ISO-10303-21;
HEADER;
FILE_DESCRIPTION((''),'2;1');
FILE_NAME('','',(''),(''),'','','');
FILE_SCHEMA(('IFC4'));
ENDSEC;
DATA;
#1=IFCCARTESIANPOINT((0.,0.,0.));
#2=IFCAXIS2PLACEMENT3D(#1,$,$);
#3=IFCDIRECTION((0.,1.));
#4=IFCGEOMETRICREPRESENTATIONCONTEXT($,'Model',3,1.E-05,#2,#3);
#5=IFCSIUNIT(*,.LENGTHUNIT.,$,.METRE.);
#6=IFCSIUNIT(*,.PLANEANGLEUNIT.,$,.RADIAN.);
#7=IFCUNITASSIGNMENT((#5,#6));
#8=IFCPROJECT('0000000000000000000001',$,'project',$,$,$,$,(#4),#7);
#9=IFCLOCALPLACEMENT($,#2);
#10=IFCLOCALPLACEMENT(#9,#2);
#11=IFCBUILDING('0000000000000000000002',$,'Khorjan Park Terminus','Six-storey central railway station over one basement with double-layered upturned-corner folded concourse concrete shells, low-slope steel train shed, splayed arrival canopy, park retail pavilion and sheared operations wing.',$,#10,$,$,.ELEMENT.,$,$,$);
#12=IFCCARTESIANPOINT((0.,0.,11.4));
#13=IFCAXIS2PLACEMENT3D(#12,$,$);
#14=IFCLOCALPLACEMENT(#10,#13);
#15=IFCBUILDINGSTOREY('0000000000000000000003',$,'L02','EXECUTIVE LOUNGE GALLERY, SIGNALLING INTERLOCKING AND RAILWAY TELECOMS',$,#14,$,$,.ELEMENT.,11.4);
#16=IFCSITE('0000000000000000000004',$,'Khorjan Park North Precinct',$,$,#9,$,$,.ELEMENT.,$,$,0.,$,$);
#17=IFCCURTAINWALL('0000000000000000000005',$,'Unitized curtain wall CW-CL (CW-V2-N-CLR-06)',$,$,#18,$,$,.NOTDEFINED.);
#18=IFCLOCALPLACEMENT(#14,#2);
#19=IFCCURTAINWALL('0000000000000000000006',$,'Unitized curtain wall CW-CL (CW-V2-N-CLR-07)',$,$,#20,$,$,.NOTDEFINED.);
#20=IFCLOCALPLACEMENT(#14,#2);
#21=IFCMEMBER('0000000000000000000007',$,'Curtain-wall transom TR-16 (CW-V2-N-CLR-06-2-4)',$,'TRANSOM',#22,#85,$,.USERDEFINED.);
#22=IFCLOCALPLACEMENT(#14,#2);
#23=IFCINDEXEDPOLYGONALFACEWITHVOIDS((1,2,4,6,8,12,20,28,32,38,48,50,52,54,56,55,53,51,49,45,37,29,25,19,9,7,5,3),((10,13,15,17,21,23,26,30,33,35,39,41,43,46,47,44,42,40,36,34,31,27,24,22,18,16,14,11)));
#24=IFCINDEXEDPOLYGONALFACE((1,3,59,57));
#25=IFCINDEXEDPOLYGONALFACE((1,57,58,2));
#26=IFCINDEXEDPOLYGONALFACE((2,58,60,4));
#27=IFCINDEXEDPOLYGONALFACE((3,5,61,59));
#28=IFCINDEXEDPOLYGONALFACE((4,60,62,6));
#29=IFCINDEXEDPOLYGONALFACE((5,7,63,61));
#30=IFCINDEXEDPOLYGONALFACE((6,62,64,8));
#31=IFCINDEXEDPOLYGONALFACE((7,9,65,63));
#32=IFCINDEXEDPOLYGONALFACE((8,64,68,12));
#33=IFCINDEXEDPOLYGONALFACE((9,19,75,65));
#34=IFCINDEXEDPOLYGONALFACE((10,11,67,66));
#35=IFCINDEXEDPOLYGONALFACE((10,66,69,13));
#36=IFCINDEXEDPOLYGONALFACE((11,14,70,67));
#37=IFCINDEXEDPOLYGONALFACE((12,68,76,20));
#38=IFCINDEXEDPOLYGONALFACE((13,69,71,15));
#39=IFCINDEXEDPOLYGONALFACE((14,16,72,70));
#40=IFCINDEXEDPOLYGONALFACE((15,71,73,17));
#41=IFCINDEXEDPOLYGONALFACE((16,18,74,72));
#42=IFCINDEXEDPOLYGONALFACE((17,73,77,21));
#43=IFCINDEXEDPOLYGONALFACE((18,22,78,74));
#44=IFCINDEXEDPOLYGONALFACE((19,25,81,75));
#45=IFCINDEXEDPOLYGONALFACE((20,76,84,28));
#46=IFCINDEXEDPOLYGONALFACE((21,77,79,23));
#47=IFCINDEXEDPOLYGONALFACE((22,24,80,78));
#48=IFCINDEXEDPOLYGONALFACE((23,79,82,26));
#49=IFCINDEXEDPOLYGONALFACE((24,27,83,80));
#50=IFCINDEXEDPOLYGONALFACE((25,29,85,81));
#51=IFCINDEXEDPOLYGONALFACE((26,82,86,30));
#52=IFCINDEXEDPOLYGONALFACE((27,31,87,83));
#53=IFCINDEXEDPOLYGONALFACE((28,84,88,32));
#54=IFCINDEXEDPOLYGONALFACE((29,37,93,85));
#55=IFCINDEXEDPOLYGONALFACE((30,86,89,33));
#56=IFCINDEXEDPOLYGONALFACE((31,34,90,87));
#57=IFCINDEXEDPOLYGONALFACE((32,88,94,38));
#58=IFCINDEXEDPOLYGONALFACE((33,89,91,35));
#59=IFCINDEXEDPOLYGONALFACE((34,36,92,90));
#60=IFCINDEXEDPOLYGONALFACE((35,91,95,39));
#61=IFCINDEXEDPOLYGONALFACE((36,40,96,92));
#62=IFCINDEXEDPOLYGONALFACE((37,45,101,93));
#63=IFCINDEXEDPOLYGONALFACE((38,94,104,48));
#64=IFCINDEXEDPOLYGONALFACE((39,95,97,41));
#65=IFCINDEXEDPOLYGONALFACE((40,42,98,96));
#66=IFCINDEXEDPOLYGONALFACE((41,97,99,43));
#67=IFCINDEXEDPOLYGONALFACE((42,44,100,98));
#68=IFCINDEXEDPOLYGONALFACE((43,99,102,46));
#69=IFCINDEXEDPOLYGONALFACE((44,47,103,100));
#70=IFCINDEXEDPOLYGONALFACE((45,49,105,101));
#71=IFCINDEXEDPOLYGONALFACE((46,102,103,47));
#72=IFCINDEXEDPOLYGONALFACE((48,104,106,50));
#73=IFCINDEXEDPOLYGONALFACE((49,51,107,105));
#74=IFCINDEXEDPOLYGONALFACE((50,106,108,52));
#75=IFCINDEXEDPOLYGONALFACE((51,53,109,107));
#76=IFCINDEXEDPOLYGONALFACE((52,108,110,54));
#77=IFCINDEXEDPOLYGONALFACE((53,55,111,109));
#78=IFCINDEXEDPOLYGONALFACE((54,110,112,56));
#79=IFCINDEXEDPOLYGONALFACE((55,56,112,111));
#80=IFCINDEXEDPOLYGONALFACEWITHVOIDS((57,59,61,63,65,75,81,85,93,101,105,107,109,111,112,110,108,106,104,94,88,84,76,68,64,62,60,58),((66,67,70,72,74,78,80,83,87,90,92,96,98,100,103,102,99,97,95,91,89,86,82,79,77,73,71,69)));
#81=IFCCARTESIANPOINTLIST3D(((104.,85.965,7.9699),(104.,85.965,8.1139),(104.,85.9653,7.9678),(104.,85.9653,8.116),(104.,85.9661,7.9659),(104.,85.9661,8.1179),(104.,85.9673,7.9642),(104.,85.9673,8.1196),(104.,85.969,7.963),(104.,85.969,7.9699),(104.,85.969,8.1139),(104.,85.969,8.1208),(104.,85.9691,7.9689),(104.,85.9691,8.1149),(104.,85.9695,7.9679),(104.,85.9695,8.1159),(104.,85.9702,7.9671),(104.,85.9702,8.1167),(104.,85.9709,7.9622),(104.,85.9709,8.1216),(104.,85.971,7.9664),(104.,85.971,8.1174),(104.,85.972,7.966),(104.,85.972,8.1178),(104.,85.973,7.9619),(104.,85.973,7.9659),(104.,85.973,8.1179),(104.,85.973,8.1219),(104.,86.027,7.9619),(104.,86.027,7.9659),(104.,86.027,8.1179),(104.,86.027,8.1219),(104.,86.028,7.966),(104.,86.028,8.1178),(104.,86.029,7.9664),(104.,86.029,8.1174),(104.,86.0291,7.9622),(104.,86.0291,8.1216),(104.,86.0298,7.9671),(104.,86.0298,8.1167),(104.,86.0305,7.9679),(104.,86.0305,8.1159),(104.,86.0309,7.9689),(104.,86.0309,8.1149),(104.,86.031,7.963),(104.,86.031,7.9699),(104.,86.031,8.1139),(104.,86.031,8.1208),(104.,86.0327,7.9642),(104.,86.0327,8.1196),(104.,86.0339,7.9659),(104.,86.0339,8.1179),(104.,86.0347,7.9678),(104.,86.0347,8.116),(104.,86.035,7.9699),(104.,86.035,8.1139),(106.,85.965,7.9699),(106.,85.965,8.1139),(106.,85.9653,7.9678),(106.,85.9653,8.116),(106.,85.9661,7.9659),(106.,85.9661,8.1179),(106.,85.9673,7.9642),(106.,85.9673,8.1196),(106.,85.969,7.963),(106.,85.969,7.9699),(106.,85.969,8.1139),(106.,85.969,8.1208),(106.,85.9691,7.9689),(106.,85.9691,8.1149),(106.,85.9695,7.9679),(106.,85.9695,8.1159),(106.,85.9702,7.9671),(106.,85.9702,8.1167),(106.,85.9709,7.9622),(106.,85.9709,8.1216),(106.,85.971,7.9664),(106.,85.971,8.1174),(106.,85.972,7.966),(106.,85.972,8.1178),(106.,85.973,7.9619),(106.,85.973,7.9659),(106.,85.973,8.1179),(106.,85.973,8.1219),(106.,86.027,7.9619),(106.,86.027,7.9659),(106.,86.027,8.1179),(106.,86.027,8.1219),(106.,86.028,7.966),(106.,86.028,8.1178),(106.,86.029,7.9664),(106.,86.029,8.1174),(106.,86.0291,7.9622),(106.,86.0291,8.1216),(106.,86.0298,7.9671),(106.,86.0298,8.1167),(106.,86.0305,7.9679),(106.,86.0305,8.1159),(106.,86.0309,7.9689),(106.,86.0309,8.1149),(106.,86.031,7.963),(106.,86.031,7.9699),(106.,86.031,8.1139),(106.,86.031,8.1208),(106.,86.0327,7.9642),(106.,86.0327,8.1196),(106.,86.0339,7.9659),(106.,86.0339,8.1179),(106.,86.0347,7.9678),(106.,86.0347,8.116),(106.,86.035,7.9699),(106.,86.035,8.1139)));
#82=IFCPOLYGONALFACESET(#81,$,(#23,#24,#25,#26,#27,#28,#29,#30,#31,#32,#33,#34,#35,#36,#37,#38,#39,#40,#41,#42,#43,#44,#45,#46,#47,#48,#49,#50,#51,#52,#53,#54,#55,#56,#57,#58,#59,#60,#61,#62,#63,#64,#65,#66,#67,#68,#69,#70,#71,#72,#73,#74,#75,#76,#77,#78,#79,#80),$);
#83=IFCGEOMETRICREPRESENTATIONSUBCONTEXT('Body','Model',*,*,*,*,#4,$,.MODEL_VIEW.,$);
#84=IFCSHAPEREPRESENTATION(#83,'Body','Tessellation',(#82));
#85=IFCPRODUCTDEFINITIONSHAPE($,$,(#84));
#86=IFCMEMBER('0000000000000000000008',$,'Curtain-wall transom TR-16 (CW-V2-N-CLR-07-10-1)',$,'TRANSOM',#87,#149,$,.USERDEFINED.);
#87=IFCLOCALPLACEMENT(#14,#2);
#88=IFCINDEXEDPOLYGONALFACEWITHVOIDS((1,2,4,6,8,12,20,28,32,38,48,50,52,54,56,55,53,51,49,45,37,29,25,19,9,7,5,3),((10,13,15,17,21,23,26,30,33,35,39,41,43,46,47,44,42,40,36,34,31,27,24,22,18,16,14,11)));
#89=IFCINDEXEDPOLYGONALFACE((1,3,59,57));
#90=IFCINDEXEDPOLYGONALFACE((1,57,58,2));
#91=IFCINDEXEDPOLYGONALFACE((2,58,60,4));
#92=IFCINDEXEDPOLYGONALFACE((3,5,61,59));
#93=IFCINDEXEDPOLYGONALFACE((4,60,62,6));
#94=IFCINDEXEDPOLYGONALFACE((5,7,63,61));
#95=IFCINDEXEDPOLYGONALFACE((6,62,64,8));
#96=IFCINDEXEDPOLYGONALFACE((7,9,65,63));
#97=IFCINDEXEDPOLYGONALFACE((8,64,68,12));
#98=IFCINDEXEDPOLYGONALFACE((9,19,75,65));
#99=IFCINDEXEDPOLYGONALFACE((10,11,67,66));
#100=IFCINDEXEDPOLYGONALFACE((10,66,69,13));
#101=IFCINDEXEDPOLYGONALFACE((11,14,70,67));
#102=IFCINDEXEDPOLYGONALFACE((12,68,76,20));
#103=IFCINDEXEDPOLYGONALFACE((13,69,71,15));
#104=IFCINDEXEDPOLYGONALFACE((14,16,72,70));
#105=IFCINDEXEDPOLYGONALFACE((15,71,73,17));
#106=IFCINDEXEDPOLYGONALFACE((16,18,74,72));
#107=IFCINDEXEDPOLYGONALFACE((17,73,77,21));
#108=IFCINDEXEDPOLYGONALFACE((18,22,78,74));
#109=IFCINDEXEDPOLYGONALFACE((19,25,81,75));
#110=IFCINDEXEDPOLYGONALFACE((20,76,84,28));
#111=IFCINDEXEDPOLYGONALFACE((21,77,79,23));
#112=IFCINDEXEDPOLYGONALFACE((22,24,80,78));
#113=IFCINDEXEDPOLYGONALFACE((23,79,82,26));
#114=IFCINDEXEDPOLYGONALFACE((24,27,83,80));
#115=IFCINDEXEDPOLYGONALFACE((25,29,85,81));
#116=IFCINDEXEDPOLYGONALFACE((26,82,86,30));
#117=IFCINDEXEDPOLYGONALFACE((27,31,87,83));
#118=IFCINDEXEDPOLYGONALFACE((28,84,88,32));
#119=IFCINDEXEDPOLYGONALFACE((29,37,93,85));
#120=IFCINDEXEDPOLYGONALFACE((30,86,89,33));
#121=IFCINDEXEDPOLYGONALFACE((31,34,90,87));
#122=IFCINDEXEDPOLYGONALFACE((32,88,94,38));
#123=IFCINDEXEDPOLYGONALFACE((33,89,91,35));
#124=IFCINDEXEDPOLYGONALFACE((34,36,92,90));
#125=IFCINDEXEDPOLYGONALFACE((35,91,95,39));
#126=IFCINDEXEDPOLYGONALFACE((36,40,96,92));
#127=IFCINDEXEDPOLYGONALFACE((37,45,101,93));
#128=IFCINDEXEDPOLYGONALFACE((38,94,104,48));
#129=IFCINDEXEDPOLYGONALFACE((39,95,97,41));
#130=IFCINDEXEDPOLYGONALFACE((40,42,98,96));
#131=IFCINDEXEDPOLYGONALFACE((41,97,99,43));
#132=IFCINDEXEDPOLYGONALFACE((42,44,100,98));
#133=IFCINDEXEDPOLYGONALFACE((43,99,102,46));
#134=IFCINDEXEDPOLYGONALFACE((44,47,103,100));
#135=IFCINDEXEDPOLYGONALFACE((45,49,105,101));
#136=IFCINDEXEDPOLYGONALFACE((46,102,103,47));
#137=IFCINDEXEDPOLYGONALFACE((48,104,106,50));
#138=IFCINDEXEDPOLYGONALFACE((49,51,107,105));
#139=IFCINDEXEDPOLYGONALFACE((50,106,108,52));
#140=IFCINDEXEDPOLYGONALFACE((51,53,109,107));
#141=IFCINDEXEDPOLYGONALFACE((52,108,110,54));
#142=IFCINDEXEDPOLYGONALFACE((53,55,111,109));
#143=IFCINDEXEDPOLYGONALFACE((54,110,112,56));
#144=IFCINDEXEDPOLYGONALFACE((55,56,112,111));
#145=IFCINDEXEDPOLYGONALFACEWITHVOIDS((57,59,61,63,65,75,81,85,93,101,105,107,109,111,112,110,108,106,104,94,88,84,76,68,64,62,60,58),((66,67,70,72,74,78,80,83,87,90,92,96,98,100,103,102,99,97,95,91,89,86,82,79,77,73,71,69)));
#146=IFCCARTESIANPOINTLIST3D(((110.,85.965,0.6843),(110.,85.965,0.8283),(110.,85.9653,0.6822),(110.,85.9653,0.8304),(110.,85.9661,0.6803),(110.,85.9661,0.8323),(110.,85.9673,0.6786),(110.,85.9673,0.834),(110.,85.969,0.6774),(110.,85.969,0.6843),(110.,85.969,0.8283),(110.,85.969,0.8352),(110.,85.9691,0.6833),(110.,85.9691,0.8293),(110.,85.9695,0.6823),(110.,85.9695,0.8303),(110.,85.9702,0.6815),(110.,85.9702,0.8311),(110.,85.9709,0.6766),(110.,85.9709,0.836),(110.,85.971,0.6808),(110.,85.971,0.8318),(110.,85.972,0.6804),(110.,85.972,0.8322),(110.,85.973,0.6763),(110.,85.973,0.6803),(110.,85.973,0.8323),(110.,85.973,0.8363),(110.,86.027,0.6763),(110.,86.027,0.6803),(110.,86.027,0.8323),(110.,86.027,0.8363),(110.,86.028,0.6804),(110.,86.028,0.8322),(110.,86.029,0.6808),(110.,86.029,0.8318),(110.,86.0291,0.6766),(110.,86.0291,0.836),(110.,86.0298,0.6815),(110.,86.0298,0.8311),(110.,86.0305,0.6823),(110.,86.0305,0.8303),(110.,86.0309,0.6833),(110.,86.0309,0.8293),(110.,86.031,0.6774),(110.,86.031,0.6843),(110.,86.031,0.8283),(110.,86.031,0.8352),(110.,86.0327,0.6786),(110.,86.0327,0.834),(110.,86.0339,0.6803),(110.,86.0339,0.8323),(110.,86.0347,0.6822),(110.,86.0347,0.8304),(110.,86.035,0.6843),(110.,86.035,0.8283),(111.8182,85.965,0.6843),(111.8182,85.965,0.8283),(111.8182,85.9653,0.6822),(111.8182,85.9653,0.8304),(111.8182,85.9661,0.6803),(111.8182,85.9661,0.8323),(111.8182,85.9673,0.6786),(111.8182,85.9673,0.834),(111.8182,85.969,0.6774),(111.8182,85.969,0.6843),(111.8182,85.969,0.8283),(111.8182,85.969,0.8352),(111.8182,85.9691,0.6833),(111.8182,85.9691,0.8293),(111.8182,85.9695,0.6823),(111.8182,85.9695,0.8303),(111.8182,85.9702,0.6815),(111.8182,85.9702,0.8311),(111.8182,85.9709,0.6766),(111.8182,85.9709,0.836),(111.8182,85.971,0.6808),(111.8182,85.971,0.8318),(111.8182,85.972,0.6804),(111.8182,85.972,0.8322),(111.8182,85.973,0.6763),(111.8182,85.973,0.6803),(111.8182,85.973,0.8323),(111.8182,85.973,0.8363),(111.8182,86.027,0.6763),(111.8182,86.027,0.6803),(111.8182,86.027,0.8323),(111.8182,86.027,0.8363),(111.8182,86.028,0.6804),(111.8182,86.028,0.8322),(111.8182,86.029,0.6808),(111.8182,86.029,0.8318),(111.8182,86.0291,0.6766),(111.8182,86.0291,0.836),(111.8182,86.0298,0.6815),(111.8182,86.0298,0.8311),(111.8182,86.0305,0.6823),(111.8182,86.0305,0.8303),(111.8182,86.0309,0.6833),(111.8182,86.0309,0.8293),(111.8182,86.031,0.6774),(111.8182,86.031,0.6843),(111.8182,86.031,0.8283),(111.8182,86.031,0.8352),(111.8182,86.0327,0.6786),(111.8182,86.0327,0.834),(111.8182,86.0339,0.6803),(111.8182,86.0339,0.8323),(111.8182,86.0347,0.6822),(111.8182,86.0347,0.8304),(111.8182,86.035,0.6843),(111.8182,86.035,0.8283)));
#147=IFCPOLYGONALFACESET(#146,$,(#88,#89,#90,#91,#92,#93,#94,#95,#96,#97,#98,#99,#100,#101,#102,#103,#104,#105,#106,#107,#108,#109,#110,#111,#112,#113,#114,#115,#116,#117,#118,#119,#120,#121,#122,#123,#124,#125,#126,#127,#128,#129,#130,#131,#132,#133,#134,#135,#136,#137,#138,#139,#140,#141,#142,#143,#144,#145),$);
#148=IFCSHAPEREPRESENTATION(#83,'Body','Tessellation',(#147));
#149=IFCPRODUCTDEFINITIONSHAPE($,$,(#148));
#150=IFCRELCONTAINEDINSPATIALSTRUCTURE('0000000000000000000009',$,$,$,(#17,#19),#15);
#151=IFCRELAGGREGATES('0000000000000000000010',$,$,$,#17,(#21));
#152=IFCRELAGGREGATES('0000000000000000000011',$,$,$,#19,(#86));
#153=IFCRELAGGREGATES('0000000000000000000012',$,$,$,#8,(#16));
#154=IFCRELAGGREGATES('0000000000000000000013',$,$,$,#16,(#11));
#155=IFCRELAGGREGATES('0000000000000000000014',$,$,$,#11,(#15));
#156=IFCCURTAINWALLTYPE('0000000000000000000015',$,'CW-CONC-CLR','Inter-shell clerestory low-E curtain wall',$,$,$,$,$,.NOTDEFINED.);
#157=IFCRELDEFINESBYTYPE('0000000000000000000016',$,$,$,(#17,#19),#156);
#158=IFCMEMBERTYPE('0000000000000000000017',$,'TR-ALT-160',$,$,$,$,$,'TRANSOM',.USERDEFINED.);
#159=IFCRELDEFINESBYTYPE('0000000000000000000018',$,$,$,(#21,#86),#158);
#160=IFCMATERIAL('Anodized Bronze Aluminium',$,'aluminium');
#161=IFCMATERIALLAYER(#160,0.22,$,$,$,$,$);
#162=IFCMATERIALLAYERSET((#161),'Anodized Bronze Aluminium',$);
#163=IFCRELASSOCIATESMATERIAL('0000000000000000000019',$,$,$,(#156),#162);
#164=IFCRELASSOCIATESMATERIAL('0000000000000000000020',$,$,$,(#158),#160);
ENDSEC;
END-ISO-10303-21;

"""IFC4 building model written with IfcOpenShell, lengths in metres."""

from ifc_helpers import new_model, si_unit, direction, frame, origin, origin_2d, place, context, subcontext, project, spatial, hollow_rectangle, extrude, material, layer, layer_set, material_profile, profile_set, type_object, element, aggregate, save


model = new_model("IFC4")

# Units and contexts
model_context = context("Model", 3, precision=1e-05, world=origin(), true_north=direction((0.0, 1.0)))
body_context = subcontext(model_context, "Body", "Model", "MODEL_VIEW")
ifc_project = project(units=[si_unit("LENGTHUNIT", "METRE"), si_unit("PLANEANGLEUNIT", "RADIAN")], contexts=[model_context])

# Site, building, storey
site_placement = place(None, origin())
site = spatial("IfcSite", under=ifc_project, at=site_placement, Name="Khorjan Park North Precinct", CompositionType="ELEMENT", RefElevation=0.0)
building_placement = place(site_placement, origin())
building = spatial("IfcBuilding", under=site, at=building_placement, Name="Khorjan Park Terminus", Description="Six-storey central railway station over one basement with double-layered upturned-corner folded concourse concrete shells, low-slope steel train shed, splayed arrival canopy, park retail pavilion and sheared operations wing.", CompositionType="ELEMENT")
storey_placement = place(building_placement, frame((0.0, 0.0, 11.4)))
storey = spatial("IfcBuildingStorey", under=building, at=storey_placement, Name="L02", Description="EXECUTIVE LOUNGE GALLERY, SIGNALLING INTERLOCKING AND RAILWAY TELECOMS", CompositionType="ELEMENT", Elevation=11.4)

# Curtain wall
ifc_material_1 = material(Name="Anodized Bronze Aluminium", Category="aluminium")
ifc_layer_1 = layer(ifc_material_1, 0.22)
ifc_layer_set_1 = layer_set([ifc_layer_1], Name="Anodized Bronze Aluminium")
curtain_wall_type = type_object("IfcCurtainWallType", Name="CW-CONC-CLR", Description="Inter-shell clerestory low-E curtain wall", PredefinedType="NOTDEFINED", material=ifc_layer_set_1)
curtain_wall_1_placement = place(storey_placement, origin())
curtain_wall_1 = element("IfcCurtainWall", 1, at=curtain_wall_1_placement, inside=storey, type_object=curtain_wall_type, Name="Unitized curtain wall CW-CL (CW-V2-N-CLR-06)", PredefinedType="NOTDEFINED")

# Curtain wall
curtain_wall_2_placement = place(storey_placement, origin())
curtain_wall_2 = element("IfcCurtainWall", 2, at=curtain_wall_2_placement, inside=storey, type_object=curtain_wall_type, Name="Unitized curtain wall CW-CL (CW-V2-N-CLR-07)", PredefinedType="NOTDEFINED")

# Members
ifc_material_profile_1 = material_profile(ifc_material_1, hollow_rectangle(XDim=0.07, YDim=0.16, WallThickness=0.004, InnerFilletRadius=0.004, OuterFilletRadius=0.008, at=origin_2d()), Name="ALT 70x160x4")
ifc_profile_set_1 = profile_set([ifc_material_profile_1], Name="Anodized Bronze Aluminium")
member_type_1 = type_object("IfcMemberType", Name="TR-ALT-160", ElementType="TRANSOM", PredefinedType="USERDEFINED", material=ifc_profile_set_1)
member_1_placement = place(storey_placement, frame((106.0, 86.0, 8.0419), z_axis=(-1.0, 0.0, 0.0), x_axis=(0.0, -1.0, 0.0)))
member_1 = element("IfcMember", 3, at=member_1_placement, type_object=member_type_1, Name="Curtain-wall transom TR-16 (CW-V2-N-CLR-06-2-4)", ObjectType="TRANSOM", PredefinedType="USERDEFINED", context=body_context, shape_type="SweptSolid", body=[
    extrude(hollow_rectangle(XDim=0.07, YDim=0.16, WallThickness=0.004, InnerFilletRadius=0.004, OuterFilletRadius=0.008, at=origin_2d()), origin(), (0.0, 0.0, 1.0), 2.0),
])
member_2_placement = place(storey_placement, frame((111.8182, 86.0, 0.7563), z_axis=(-1.0, 0.0, 0.0), x_axis=(0.0, -1.0, 0.0)))
member_2 = element("IfcMember", 4, at=member_2_placement, type_object=member_type_1, Name="Curtain-wall transom TR-16 (CW-V2-N-CLR-07-10-1)", ObjectType="TRANSOM", PredefinedType="USERDEFINED", context=body_context, shape_type="SweptSolid", body=[
    extrude(hollow_rectangle(XDim=0.07, YDim=0.16, WallThickness=0.004, InnerFilletRadius=0.004, OuterFilletRadius=0.008, at=origin_2d()), origin(), (0.0, 0.0, 1.0), 1.8182),
])

aggregate(curtain_wall_1, [member_1])
aggregate(curtain_wall_2, [member_2])

save(model, "model.ifc")
